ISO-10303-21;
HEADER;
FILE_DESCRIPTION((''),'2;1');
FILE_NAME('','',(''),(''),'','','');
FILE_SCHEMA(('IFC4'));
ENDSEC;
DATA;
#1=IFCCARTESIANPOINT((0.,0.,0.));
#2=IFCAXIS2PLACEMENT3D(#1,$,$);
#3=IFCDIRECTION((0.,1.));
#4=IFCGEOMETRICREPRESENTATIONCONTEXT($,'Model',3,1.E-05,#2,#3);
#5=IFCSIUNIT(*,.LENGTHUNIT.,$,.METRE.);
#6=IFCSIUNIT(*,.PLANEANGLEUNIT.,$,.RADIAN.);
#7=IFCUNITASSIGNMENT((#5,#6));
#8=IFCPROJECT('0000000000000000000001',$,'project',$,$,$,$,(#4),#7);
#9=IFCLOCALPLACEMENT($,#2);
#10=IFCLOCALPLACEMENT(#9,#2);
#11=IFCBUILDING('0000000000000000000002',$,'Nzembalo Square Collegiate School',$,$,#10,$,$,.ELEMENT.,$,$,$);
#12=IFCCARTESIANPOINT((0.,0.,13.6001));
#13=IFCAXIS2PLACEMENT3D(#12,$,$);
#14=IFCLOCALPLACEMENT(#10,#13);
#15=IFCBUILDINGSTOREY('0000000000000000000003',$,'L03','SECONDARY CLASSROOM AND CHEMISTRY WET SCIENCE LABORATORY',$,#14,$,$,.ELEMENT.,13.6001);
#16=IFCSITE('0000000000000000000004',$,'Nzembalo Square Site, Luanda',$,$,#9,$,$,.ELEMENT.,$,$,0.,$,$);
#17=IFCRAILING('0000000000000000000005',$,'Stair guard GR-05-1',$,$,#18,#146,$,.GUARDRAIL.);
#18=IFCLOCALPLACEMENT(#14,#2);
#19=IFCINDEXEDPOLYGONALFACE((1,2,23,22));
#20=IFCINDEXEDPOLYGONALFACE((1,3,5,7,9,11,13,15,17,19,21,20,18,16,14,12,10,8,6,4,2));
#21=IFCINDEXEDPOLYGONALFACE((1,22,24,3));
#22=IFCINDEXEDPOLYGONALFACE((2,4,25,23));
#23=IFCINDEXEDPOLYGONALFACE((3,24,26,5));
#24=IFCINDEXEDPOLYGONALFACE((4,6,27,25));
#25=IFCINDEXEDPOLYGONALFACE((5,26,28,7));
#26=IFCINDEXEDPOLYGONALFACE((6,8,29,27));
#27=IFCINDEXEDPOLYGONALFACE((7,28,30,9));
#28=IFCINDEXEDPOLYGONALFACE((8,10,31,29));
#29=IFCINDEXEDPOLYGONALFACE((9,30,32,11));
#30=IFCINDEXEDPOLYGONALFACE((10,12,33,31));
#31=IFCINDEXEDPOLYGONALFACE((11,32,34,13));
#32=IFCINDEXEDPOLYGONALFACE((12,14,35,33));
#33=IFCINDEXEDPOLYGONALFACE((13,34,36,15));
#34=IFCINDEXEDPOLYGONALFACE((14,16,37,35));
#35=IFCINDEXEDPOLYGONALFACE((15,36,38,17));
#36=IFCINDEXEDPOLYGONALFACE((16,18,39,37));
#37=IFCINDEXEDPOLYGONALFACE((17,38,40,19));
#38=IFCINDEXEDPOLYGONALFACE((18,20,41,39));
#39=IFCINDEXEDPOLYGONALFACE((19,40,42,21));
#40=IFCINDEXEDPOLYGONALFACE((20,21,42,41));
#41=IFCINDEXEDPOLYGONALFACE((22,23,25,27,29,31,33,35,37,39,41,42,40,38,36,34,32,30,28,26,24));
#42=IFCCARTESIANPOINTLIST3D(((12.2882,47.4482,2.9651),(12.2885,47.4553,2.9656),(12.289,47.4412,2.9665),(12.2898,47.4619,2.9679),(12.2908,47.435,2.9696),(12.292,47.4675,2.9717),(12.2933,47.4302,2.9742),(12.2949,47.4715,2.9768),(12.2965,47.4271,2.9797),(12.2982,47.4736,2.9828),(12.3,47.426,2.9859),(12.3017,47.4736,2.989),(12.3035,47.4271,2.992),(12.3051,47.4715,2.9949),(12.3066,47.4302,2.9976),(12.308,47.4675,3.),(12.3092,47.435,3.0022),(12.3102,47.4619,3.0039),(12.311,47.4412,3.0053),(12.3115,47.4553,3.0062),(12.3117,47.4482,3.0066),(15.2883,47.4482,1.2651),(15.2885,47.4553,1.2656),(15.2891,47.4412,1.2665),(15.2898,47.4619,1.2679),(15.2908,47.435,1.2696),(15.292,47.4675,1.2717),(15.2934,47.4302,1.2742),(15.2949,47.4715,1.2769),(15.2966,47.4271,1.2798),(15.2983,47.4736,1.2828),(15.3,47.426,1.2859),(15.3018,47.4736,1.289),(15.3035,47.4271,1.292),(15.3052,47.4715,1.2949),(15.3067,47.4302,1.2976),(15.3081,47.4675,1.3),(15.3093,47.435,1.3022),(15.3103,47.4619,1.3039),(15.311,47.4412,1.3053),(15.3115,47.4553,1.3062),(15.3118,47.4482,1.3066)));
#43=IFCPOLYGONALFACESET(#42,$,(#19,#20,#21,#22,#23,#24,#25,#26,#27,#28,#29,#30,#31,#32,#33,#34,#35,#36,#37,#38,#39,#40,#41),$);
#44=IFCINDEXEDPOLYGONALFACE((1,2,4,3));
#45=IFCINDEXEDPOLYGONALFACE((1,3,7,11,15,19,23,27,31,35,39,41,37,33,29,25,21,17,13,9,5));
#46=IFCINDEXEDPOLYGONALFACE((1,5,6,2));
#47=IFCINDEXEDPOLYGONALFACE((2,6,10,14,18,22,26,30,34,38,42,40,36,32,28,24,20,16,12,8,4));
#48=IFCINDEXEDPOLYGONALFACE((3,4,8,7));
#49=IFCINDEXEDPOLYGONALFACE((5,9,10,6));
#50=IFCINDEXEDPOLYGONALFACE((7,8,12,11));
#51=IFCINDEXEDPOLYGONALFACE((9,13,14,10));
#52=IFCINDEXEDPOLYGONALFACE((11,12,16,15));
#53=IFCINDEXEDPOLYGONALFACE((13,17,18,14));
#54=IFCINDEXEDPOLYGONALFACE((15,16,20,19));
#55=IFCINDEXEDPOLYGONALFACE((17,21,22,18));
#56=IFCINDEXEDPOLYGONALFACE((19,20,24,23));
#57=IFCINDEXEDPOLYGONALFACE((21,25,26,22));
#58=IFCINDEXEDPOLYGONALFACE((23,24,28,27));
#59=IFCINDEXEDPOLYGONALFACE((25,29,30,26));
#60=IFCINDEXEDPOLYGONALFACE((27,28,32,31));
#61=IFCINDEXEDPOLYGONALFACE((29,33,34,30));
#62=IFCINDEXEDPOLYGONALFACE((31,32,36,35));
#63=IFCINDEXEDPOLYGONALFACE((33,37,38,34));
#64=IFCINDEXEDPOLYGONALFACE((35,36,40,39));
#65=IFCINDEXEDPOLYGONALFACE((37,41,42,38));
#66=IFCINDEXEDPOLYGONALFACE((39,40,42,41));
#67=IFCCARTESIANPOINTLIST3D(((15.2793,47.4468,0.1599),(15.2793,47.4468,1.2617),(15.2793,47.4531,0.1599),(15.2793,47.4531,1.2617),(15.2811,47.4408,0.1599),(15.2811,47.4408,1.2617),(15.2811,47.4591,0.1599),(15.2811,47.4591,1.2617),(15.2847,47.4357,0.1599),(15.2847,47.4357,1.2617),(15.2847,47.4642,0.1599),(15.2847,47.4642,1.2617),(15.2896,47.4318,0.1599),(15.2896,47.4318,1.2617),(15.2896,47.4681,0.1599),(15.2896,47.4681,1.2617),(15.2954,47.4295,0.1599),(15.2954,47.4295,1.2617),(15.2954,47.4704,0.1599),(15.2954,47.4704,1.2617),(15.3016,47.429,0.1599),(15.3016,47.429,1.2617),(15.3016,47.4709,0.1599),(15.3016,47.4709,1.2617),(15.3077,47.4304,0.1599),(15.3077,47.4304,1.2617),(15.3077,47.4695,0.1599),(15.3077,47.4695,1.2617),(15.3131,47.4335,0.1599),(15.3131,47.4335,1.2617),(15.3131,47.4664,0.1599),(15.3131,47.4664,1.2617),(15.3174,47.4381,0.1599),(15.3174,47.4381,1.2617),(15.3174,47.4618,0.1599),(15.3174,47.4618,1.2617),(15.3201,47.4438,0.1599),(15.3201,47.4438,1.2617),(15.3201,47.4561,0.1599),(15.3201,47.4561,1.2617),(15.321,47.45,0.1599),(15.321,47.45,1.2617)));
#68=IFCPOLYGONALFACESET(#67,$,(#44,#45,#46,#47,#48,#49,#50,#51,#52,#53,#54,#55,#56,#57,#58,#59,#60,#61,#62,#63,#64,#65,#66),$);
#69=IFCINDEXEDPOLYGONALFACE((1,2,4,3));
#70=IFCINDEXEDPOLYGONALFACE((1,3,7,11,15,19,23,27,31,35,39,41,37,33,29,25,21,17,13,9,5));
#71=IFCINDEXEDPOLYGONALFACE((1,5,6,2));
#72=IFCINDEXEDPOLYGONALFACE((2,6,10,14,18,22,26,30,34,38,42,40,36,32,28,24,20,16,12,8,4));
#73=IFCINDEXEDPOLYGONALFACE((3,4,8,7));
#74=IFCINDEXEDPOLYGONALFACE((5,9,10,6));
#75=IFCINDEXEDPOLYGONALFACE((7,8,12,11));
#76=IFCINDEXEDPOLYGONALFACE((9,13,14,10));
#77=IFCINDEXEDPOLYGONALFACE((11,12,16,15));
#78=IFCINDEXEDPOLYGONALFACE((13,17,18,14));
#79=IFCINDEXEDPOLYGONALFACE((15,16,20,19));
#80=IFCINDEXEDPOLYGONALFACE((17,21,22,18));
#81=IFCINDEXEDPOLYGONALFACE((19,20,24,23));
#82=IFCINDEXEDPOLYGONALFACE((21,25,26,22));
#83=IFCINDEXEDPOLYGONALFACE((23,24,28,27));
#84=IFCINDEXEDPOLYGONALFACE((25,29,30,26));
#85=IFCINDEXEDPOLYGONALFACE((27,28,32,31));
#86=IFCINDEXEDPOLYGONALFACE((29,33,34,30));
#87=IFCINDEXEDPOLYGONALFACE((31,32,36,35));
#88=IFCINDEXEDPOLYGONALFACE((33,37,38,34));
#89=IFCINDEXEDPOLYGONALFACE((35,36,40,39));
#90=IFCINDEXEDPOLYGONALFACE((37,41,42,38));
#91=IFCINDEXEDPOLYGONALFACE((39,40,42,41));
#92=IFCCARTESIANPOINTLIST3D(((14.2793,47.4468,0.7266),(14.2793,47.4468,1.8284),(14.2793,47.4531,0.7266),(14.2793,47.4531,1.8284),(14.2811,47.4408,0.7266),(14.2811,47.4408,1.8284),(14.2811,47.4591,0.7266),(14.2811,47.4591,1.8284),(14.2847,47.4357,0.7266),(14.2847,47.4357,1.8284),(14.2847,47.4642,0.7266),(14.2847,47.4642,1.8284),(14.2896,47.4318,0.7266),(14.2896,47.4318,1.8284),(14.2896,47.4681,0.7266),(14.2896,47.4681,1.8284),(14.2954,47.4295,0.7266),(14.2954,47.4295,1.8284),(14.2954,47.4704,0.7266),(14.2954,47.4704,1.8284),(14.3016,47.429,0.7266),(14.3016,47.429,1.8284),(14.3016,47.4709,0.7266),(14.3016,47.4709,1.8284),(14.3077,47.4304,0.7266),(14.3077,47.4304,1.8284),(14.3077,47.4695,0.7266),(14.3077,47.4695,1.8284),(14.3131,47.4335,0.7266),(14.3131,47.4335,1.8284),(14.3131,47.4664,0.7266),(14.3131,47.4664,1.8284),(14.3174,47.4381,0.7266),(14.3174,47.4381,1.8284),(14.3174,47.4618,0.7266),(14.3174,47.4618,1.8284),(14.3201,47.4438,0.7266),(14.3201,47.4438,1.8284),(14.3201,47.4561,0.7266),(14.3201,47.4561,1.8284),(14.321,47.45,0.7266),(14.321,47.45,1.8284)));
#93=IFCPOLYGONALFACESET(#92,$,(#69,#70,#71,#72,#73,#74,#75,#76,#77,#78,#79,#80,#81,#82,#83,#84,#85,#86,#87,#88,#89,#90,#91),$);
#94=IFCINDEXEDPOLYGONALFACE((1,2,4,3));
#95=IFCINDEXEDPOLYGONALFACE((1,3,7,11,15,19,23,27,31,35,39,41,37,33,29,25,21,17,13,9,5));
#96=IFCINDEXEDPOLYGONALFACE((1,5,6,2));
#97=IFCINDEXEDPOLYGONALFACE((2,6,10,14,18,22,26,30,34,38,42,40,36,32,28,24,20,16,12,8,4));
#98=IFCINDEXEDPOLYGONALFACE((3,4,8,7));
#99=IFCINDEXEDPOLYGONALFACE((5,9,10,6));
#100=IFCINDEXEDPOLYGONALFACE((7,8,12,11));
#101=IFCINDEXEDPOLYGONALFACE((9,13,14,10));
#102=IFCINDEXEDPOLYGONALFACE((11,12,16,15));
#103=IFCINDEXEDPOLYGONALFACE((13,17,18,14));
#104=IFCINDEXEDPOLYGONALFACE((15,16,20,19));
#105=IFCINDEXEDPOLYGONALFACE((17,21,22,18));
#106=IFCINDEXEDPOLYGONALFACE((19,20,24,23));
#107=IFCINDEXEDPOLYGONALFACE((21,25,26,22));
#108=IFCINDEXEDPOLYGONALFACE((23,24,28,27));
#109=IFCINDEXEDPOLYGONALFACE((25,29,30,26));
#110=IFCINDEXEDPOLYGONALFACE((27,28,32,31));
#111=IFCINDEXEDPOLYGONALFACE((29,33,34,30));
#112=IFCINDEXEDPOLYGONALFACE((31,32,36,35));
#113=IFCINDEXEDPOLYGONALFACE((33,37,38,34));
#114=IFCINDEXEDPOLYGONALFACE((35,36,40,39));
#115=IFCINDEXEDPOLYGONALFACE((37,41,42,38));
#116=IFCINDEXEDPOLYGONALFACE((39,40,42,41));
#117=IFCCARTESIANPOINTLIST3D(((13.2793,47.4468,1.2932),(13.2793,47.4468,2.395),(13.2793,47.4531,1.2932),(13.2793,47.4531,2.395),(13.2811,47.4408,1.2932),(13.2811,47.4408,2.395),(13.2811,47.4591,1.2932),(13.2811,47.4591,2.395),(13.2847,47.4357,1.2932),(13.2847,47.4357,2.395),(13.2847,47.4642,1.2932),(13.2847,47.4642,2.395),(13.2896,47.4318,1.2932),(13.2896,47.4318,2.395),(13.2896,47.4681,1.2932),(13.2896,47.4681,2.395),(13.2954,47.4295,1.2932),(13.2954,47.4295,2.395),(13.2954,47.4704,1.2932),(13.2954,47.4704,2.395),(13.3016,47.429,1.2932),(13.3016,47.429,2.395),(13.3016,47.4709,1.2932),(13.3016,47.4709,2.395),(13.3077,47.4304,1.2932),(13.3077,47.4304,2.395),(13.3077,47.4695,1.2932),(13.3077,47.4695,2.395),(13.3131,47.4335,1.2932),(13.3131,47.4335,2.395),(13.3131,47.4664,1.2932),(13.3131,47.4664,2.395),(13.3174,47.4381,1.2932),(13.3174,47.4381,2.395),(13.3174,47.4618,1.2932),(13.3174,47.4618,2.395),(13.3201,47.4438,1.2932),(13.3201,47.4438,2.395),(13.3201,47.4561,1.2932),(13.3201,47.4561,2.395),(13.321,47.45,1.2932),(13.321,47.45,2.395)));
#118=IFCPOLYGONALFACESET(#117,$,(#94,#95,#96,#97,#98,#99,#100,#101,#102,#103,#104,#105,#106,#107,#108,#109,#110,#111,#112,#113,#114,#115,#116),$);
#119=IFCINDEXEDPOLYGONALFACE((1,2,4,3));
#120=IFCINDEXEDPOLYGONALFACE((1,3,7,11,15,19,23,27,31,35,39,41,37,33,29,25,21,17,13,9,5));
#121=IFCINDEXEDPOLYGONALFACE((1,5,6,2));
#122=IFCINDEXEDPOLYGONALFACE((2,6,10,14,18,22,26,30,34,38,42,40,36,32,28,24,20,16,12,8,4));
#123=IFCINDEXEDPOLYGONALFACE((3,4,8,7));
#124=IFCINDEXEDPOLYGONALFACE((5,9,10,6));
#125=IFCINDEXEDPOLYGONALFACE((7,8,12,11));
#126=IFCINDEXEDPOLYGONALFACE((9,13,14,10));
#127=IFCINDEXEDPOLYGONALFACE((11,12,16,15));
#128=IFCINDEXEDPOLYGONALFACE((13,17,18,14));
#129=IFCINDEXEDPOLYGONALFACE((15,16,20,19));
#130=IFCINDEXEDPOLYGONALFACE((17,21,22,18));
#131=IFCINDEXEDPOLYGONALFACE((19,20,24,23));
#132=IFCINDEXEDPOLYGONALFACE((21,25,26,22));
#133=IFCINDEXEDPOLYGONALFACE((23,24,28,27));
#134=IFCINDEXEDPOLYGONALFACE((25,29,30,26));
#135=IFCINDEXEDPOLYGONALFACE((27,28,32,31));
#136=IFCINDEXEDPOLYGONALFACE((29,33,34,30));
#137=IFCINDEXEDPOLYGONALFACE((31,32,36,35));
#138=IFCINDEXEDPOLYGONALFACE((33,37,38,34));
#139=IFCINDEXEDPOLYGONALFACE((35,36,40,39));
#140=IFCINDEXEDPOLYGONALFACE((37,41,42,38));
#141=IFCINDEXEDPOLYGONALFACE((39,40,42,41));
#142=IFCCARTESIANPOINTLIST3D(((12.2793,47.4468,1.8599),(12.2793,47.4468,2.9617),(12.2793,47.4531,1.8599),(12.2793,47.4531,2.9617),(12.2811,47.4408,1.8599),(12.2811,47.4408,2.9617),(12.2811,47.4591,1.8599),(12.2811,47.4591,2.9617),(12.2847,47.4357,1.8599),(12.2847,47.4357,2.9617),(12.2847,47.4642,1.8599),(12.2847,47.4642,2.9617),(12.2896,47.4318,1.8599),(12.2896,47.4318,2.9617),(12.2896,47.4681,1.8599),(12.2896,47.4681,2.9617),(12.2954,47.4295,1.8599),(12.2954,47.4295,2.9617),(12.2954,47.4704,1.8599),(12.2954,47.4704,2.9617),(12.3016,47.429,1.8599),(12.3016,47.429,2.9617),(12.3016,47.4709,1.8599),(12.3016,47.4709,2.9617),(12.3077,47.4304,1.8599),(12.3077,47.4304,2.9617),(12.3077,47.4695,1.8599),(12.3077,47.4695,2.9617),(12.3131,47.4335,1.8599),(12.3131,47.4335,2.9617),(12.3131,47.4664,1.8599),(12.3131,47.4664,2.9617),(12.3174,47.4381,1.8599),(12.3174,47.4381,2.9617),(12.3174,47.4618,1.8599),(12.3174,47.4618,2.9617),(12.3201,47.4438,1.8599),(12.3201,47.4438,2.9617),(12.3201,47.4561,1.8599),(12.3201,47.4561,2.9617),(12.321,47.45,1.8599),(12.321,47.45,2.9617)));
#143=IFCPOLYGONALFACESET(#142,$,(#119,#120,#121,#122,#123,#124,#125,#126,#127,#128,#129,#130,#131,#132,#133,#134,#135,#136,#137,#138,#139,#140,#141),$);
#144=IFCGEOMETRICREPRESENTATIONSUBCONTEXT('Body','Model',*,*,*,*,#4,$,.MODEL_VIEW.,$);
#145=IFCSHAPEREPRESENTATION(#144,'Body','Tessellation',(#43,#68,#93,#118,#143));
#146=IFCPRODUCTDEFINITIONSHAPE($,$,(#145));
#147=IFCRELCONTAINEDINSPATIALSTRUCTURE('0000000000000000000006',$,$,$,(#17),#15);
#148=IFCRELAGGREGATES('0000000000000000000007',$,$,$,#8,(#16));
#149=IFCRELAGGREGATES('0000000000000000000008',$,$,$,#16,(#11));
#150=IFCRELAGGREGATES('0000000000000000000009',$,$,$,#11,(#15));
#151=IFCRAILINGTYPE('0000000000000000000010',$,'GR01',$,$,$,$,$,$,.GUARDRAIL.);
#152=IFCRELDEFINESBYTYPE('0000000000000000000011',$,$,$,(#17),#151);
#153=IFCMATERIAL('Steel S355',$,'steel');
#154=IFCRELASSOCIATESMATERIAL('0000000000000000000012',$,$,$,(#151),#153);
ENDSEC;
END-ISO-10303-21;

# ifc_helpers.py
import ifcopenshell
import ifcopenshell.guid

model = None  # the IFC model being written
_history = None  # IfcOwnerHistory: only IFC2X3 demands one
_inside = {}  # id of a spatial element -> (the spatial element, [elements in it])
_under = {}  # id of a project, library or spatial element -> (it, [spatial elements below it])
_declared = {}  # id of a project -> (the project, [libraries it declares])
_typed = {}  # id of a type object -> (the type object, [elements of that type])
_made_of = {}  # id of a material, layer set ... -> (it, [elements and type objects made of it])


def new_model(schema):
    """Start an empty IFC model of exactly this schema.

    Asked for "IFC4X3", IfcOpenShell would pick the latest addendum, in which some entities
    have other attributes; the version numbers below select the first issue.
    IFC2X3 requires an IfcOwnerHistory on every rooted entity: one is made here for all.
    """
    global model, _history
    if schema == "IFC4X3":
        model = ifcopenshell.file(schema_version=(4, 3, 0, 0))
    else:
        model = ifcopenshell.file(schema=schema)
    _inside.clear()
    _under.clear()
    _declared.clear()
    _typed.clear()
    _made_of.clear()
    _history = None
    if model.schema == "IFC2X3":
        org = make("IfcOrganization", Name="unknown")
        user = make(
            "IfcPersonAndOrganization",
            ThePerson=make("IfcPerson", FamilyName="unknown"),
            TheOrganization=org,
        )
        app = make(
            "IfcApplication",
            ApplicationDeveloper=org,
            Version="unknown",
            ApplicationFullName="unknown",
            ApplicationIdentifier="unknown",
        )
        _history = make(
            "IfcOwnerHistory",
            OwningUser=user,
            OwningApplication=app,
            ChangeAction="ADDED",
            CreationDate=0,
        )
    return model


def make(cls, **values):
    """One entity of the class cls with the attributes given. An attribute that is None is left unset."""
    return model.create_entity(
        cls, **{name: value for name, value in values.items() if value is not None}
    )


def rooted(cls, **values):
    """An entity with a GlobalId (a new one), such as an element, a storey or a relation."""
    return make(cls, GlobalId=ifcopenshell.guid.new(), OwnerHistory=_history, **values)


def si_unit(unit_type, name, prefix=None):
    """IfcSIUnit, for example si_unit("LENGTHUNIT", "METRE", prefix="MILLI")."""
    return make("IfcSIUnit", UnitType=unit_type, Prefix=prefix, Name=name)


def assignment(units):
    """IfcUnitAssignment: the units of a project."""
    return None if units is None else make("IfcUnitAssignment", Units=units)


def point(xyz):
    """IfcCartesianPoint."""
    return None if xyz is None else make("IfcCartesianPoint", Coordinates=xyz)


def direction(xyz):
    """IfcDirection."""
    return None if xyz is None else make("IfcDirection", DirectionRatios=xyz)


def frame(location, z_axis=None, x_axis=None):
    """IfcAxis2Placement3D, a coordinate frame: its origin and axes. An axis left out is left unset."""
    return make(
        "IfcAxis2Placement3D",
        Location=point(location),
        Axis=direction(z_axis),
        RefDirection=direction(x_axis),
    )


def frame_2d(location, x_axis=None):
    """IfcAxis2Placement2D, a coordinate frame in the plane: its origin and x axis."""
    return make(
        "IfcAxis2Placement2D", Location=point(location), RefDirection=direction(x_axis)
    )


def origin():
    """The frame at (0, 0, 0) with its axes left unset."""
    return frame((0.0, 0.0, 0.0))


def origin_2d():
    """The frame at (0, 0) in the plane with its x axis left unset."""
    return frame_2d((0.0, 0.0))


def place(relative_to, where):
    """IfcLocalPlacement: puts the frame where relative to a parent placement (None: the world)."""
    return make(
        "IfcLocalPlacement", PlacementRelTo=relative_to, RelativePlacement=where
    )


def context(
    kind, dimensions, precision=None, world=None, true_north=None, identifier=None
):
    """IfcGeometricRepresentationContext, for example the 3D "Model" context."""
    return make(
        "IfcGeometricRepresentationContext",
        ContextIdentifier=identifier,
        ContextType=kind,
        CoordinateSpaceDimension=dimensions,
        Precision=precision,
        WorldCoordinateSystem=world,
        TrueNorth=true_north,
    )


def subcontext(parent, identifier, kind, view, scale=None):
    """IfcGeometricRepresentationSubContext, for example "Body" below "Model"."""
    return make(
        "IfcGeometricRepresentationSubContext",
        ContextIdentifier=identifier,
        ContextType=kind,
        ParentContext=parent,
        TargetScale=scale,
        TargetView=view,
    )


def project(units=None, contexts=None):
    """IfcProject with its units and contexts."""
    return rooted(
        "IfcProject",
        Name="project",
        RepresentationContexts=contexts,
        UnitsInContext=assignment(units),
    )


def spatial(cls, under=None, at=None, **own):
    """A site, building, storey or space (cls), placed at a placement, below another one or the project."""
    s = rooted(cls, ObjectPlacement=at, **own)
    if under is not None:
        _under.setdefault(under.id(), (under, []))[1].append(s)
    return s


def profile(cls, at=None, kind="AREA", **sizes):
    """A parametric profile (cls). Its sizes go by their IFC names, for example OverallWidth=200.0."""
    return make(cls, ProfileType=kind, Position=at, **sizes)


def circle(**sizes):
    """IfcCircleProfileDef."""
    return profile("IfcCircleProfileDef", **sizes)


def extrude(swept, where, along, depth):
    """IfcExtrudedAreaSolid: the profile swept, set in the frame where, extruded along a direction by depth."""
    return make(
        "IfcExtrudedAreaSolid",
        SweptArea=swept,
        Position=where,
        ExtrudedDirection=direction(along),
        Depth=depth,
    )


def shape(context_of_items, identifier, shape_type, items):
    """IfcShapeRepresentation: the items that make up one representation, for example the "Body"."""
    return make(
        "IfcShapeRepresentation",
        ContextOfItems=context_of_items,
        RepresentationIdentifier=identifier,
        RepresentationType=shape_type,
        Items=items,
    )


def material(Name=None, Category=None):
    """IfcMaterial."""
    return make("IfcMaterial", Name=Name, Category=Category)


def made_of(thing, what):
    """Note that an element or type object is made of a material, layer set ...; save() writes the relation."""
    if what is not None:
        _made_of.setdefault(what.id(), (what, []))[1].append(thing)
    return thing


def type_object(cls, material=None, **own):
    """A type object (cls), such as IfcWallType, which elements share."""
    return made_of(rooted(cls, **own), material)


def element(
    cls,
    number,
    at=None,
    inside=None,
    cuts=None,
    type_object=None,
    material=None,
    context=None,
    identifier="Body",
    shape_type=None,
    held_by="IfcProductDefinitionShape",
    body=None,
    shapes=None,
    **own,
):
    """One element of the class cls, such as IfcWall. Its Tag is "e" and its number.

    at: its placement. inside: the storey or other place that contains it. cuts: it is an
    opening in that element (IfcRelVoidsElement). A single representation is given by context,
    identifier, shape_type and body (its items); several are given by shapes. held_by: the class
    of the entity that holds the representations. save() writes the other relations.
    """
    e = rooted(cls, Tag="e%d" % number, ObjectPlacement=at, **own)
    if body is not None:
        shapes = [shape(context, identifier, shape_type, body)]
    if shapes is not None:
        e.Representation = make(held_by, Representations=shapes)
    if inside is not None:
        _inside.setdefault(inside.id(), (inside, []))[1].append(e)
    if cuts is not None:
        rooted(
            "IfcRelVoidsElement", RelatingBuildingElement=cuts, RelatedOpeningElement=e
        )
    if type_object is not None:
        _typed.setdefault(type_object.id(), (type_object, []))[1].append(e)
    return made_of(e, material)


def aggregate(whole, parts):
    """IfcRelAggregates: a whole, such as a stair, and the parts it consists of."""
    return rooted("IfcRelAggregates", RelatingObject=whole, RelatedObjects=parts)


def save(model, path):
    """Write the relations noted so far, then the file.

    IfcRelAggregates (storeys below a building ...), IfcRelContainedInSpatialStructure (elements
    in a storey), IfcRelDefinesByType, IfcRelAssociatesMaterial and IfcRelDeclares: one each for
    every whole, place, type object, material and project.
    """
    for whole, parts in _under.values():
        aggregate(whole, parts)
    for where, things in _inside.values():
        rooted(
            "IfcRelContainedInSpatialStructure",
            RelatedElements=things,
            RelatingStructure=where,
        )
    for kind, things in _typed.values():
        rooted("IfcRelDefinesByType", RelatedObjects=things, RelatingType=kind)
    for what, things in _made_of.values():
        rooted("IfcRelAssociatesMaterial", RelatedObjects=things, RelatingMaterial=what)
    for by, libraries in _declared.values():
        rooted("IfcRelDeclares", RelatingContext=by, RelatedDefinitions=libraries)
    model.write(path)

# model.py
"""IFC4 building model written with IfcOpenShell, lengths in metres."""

from ifc_helpers import new_model, si_unit, direction, frame, origin, origin_2d, place, context, subcontext, project, spatial, circle, extrude, material, type_object, element, save


model = new_model("IFC4")

# Units and contexts
model_context = context("Model", 3, precision=1e-05, world=origin(), true_north=direction((0.0, 1.0)))
body_context = subcontext(model_context, "Body", "Model", "MODEL_VIEW")
ifc_project = project(units=[si_unit("LENGTHUNIT", "METRE"), si_unit("PLANEANGLEUNIT", "RADIAN")], contexts=[model_context])

# Site, building, storey
site_placement = place(None, origin())
site = spatial("IfcSite", under=ifc_project, at=site_placement, Name="Nzembalo Square Site, Luanda", CompositionType="ELEMENT", RefElevation=0.0)
building_placement = place(site_placement, origin())
building = spatial("IfcBuilding", under=site, at=building_placement, Name="Nzembalo Square Collegiate School", CompositionType="ELEMENT")
storey_placement = place(building_placement, frame((0.0, 0.0, 13.6001)))
storey = spatial("IfcBuildingStorey", under=building, at=storey_placement, Name="L03", Description="SECONDARY CLASSROOM AND CHEMISTRY WET SCIENCE LABORATORY", CompositionType="ELEMENT", Elevation=13.6001)

# Railing
ifc_material_1 = material(Name="Steel S355", Category="steel")
railing_type_1 = type_object("IfcRailingType", Name="GR01", PredefinedType="GUARDRAIL", material=ifc_material_1)
railing_1_placement = place(storey_placement, frame((15.3, 47.45, 0.1599)))
element("IfcRailing", 1, at=railing_1_placement, inside=storey, type_object=railing_type_1, Name="Stair guard GR-05-1", PredefinedType="GUARDRAIL", context=body_context, shape_type="SweptSolid", body=[
    extrude(circle(Radius=0.0239, at=origin_2d()), frame((0.0, 0.0, 1.126), z_axis=(-0.870028, 0.0, 0.493002), x_axis=(0.0, -1.0, 0.0)), (0.0, 0.0, 1.0), 3.4482),
    extrude(circle(Radius=0.021, at=origin_2d()), origin(), (0.0, 0.0, 1.0), 1.1018),
    extrude(circle(Radius=0.021, at=origin_2d()), frame((-1.0, 0.0, 0.5667)), (0.0, 0.0, 1.0), 1.1018),
    extrude(circle(Radius=0.021, at=origin_2d()), frame((-2.0, 0.0, 1.1333)), (0.0, 0.0, 1.0), 1.1018),
    extrude(circle(Radius=0.021, at=origin_2d()), frame((-3.0, 0.0, 1.7)), (0.0, 0.0, 1.0), 1.1018),
])

save(model, "model.ifc")
